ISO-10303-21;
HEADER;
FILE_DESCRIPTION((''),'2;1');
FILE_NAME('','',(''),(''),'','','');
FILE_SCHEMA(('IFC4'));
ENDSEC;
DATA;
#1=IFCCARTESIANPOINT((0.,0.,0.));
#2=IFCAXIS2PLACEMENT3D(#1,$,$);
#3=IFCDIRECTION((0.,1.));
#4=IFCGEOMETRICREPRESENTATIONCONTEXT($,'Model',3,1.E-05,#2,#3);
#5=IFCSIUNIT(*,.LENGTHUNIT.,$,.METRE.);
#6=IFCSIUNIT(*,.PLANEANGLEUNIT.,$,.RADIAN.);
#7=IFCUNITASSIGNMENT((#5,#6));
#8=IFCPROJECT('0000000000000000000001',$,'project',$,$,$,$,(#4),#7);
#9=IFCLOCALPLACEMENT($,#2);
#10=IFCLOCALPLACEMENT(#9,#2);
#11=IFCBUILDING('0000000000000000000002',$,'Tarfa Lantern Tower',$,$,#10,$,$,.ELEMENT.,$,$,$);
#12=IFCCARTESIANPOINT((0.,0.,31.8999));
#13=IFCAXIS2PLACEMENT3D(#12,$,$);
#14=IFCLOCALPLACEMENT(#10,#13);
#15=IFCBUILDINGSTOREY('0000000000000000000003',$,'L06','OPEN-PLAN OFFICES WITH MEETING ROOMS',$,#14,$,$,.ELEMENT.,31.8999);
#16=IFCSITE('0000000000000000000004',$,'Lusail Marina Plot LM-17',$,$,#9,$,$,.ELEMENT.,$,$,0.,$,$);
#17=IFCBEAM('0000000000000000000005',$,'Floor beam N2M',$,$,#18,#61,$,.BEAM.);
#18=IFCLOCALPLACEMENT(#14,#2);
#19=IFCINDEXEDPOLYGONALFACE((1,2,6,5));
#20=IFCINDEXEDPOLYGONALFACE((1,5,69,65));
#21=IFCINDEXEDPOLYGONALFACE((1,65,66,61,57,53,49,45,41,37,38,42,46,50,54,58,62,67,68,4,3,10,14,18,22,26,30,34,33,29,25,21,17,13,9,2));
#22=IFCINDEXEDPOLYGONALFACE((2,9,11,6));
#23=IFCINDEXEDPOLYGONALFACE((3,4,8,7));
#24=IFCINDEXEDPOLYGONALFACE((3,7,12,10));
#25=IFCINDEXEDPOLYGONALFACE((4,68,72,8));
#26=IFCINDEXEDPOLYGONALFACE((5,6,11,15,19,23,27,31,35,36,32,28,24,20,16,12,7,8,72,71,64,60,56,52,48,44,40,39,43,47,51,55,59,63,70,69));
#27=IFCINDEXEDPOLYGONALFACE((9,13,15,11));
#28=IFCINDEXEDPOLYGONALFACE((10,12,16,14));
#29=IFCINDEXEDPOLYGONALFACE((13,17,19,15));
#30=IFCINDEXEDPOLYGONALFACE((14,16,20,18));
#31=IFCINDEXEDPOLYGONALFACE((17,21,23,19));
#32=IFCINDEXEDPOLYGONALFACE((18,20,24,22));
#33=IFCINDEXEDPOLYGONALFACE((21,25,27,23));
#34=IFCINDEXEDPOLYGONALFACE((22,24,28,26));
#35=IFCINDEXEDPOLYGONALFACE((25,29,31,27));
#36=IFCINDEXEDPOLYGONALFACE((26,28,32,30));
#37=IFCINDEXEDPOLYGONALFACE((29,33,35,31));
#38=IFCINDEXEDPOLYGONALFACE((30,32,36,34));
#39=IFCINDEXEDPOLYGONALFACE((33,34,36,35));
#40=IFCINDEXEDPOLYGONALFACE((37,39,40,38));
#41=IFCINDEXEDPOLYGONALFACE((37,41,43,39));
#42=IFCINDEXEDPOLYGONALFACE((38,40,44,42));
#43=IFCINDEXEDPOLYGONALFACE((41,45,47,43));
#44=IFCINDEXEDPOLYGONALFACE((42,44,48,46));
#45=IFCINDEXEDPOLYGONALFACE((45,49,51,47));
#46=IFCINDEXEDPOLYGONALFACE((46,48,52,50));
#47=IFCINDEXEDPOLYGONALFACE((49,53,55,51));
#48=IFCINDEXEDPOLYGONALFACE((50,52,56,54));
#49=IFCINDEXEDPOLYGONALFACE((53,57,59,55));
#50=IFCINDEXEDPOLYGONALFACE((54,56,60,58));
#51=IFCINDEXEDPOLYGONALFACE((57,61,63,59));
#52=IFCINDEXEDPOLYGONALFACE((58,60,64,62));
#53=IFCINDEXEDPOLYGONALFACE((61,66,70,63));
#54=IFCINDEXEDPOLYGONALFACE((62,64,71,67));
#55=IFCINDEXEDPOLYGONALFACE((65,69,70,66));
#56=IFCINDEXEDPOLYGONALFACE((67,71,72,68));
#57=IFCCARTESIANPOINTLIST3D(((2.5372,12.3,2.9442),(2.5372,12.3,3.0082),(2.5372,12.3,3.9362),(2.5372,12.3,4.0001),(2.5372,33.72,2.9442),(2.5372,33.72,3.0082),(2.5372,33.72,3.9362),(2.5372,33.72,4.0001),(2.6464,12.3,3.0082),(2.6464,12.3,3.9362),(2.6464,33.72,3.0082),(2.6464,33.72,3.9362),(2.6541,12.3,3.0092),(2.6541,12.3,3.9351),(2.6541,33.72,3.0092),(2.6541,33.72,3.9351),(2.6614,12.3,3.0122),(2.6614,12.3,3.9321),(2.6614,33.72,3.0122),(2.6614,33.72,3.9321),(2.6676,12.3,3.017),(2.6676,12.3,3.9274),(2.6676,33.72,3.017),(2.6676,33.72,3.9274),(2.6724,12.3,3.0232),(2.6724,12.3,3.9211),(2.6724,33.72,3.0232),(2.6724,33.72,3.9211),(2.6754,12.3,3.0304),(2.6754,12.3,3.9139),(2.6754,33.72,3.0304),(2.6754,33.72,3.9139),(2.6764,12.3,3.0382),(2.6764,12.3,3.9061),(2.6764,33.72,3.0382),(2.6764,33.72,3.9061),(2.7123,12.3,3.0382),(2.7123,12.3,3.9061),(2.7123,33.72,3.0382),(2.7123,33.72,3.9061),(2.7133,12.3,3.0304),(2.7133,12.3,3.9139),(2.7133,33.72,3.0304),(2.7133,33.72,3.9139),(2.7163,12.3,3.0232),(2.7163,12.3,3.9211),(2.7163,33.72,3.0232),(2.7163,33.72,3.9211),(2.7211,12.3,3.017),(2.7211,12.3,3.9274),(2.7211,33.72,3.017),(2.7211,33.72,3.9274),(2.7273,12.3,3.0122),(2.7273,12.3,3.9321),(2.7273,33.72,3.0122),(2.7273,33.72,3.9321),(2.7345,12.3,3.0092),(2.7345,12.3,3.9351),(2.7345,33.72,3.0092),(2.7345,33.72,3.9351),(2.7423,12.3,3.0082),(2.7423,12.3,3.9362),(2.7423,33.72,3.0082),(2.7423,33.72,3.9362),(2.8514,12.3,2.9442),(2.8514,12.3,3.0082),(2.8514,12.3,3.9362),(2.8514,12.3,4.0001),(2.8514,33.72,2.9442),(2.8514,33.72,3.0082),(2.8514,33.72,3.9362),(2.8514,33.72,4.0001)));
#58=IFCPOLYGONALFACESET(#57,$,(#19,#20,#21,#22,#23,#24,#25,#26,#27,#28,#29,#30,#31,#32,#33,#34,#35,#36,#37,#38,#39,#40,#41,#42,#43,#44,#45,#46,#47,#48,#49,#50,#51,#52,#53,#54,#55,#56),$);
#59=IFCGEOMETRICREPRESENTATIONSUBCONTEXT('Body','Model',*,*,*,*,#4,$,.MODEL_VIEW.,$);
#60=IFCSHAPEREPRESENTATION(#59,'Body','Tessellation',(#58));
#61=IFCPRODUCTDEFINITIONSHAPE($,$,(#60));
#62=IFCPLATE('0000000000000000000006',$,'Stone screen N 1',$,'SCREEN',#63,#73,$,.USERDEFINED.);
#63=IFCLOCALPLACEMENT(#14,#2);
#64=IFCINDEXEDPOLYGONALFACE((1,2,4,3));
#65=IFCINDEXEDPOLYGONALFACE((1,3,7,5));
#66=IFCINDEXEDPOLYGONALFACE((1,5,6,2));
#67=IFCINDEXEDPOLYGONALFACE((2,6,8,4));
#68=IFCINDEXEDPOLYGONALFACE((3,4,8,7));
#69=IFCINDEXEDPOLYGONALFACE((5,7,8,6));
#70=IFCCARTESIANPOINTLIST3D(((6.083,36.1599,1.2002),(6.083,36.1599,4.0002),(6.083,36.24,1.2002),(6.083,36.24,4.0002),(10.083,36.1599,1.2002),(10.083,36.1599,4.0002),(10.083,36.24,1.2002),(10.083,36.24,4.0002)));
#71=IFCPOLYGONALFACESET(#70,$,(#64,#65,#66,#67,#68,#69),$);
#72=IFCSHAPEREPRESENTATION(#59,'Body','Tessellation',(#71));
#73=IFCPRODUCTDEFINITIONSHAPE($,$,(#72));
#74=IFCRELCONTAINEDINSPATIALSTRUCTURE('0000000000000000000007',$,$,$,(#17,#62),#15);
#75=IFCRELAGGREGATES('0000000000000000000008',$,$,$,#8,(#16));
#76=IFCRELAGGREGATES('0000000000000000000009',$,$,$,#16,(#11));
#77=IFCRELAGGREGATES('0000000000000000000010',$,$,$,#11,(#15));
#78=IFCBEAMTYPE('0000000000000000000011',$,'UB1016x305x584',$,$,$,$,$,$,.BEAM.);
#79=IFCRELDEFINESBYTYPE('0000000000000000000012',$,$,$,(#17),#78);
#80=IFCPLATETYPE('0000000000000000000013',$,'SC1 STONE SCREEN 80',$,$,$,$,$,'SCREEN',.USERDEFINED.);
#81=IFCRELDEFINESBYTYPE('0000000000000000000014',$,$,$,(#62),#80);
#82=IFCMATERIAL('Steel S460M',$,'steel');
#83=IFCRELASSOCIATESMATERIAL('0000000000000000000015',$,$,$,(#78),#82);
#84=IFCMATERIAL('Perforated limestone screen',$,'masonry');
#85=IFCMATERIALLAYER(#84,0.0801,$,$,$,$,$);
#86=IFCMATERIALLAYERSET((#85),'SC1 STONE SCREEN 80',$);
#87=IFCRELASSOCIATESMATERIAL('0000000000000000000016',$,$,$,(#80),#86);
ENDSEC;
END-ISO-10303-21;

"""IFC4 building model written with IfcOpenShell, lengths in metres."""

from ifc_helpers import new_model, si_unit, direction, frame, origin, origin_2d, place, context, subcontext, project, spatial, rectangle, i_section, extrude, material, layer, layer_set, material_profile, profile_set, type_object, element, save


model = new_model("IFC4")

# Units and contexts
model_context = context("Model", 3, precision=1e-05, world=origin(), true_north=direction((0.0, 1.0)))
body_context = subcontext(model_context, "Body", "Model", "MODEL_VIEW")
ifc_project = project(units=[si_unit("LENGTHUNIT", "METRE"), si_unit("PLANEANGLEUNIT", "RADIAN")], contexts=[model_context])

# Site, building, storey
site_placement = place(None, origin())
site = spatial("IfcSite", under=ifc_project, at=site_placement, Name="Lusail Marina Plot LM-17", CompositionType="ELEMENT", RefElevation=0.0)
building_placement = place(site_placement, origin())
building = spatial("IfcBuilding", under=site, at=building_placement, Name="Tarfa Lantern Tower", CompositionType="ELEMENT")
storey_placement = place(building_placement, frame((0.0, 0.0, 31.8999)))
storey = spatial("IfcBuildingStorey", under=building, at=storey_placement, Name="L06", Description="OPEN-PLAN OFFICES WITH MEETING ROOMS", CompositionType="ELEMENT", Elevation=31.8999)

# Beam
ifc_material_1 = material(Name="Steel S460M", Category="steel")
ifc_material_profile_1 = material_profile(ifc_material_1, i_section(OverallWidth=0.3142, OverallDepth=1.0559, WebThickness=0.0359, FlangeThickness=0.064, FilletRadius=0.03, at=origin_2d()), Name="UB1016x305x584")
ifc_profile_set_1 = profile_set([ifc_material_profile_1], Name="Steel S460M")
beam_type_1 = type_object("IfcBeamType", Name="UB1016x305x584", PredefinedType="BEAM", material=ifc_profile_set_1)
for number, where, z_axis, x_axis, name in (
    (1, (2.6943, 33.72, 3.4722), (0.0, -1.0, 0.0), (1.0, 0.0, 0.0), "Floor beam N2M"),
):
    element("IfcBeam", number, at=place(storey_placement, frame(where, z_axis=z_axis, x_axis=x_axis)), inside=storey, type_object=beam_type_1, Name=name, PredefinedType="BEAM", context=body_context, shape_type="SweptSolid", body=[
        extrude(i_section(OverallWidth=0.3142, OverallDepth=1.0559, WebThickness=0.0359, FlangeThickness=0.064, FilletRadius=0.03, at=origin_2d()), origin(), (0.0, 0.0, 1.0), 21.4199),
    ])

# Plate
ifc_material_2 = material(Name="Perforated limestone screen", Category="masonry")
ifc_layer_1 = layer(ifc_material_2, 0.0801)
ifc_layer_set_1 = layer_set([ifc_layer_1], Name="SC1 STONE SCREEN 80")
plate_type = type_object("IfcPlateType", Name="SC1 STONE SCREEN 80", ElementType="SCREEN", PredefinedType="USERDEFINED", material=ifc_layer_set_1)
plate_placement = place(storey_placement, frame((8.083, 36.2, 1.2002), z_axis=(0.0, 0.0, 1.0), x_axis=(-1.0, 0.0, 0.0)))
element("IfcPlate", 2, at=plate_placement, inside=storey, type_object=plate_type, Name="Stone screen N 1", ObjectType="SCREEN", PredefinedType="USERDEFINED", context=body_context, shape_type="SweptSolid", body=[
    extrude(rectangle(XDim=4.0, YDim=0.0801, at=origin_2d()), origin(), (0.0, 0.0, 1.0), 2.8),
])

save(model, "model.ifc")
